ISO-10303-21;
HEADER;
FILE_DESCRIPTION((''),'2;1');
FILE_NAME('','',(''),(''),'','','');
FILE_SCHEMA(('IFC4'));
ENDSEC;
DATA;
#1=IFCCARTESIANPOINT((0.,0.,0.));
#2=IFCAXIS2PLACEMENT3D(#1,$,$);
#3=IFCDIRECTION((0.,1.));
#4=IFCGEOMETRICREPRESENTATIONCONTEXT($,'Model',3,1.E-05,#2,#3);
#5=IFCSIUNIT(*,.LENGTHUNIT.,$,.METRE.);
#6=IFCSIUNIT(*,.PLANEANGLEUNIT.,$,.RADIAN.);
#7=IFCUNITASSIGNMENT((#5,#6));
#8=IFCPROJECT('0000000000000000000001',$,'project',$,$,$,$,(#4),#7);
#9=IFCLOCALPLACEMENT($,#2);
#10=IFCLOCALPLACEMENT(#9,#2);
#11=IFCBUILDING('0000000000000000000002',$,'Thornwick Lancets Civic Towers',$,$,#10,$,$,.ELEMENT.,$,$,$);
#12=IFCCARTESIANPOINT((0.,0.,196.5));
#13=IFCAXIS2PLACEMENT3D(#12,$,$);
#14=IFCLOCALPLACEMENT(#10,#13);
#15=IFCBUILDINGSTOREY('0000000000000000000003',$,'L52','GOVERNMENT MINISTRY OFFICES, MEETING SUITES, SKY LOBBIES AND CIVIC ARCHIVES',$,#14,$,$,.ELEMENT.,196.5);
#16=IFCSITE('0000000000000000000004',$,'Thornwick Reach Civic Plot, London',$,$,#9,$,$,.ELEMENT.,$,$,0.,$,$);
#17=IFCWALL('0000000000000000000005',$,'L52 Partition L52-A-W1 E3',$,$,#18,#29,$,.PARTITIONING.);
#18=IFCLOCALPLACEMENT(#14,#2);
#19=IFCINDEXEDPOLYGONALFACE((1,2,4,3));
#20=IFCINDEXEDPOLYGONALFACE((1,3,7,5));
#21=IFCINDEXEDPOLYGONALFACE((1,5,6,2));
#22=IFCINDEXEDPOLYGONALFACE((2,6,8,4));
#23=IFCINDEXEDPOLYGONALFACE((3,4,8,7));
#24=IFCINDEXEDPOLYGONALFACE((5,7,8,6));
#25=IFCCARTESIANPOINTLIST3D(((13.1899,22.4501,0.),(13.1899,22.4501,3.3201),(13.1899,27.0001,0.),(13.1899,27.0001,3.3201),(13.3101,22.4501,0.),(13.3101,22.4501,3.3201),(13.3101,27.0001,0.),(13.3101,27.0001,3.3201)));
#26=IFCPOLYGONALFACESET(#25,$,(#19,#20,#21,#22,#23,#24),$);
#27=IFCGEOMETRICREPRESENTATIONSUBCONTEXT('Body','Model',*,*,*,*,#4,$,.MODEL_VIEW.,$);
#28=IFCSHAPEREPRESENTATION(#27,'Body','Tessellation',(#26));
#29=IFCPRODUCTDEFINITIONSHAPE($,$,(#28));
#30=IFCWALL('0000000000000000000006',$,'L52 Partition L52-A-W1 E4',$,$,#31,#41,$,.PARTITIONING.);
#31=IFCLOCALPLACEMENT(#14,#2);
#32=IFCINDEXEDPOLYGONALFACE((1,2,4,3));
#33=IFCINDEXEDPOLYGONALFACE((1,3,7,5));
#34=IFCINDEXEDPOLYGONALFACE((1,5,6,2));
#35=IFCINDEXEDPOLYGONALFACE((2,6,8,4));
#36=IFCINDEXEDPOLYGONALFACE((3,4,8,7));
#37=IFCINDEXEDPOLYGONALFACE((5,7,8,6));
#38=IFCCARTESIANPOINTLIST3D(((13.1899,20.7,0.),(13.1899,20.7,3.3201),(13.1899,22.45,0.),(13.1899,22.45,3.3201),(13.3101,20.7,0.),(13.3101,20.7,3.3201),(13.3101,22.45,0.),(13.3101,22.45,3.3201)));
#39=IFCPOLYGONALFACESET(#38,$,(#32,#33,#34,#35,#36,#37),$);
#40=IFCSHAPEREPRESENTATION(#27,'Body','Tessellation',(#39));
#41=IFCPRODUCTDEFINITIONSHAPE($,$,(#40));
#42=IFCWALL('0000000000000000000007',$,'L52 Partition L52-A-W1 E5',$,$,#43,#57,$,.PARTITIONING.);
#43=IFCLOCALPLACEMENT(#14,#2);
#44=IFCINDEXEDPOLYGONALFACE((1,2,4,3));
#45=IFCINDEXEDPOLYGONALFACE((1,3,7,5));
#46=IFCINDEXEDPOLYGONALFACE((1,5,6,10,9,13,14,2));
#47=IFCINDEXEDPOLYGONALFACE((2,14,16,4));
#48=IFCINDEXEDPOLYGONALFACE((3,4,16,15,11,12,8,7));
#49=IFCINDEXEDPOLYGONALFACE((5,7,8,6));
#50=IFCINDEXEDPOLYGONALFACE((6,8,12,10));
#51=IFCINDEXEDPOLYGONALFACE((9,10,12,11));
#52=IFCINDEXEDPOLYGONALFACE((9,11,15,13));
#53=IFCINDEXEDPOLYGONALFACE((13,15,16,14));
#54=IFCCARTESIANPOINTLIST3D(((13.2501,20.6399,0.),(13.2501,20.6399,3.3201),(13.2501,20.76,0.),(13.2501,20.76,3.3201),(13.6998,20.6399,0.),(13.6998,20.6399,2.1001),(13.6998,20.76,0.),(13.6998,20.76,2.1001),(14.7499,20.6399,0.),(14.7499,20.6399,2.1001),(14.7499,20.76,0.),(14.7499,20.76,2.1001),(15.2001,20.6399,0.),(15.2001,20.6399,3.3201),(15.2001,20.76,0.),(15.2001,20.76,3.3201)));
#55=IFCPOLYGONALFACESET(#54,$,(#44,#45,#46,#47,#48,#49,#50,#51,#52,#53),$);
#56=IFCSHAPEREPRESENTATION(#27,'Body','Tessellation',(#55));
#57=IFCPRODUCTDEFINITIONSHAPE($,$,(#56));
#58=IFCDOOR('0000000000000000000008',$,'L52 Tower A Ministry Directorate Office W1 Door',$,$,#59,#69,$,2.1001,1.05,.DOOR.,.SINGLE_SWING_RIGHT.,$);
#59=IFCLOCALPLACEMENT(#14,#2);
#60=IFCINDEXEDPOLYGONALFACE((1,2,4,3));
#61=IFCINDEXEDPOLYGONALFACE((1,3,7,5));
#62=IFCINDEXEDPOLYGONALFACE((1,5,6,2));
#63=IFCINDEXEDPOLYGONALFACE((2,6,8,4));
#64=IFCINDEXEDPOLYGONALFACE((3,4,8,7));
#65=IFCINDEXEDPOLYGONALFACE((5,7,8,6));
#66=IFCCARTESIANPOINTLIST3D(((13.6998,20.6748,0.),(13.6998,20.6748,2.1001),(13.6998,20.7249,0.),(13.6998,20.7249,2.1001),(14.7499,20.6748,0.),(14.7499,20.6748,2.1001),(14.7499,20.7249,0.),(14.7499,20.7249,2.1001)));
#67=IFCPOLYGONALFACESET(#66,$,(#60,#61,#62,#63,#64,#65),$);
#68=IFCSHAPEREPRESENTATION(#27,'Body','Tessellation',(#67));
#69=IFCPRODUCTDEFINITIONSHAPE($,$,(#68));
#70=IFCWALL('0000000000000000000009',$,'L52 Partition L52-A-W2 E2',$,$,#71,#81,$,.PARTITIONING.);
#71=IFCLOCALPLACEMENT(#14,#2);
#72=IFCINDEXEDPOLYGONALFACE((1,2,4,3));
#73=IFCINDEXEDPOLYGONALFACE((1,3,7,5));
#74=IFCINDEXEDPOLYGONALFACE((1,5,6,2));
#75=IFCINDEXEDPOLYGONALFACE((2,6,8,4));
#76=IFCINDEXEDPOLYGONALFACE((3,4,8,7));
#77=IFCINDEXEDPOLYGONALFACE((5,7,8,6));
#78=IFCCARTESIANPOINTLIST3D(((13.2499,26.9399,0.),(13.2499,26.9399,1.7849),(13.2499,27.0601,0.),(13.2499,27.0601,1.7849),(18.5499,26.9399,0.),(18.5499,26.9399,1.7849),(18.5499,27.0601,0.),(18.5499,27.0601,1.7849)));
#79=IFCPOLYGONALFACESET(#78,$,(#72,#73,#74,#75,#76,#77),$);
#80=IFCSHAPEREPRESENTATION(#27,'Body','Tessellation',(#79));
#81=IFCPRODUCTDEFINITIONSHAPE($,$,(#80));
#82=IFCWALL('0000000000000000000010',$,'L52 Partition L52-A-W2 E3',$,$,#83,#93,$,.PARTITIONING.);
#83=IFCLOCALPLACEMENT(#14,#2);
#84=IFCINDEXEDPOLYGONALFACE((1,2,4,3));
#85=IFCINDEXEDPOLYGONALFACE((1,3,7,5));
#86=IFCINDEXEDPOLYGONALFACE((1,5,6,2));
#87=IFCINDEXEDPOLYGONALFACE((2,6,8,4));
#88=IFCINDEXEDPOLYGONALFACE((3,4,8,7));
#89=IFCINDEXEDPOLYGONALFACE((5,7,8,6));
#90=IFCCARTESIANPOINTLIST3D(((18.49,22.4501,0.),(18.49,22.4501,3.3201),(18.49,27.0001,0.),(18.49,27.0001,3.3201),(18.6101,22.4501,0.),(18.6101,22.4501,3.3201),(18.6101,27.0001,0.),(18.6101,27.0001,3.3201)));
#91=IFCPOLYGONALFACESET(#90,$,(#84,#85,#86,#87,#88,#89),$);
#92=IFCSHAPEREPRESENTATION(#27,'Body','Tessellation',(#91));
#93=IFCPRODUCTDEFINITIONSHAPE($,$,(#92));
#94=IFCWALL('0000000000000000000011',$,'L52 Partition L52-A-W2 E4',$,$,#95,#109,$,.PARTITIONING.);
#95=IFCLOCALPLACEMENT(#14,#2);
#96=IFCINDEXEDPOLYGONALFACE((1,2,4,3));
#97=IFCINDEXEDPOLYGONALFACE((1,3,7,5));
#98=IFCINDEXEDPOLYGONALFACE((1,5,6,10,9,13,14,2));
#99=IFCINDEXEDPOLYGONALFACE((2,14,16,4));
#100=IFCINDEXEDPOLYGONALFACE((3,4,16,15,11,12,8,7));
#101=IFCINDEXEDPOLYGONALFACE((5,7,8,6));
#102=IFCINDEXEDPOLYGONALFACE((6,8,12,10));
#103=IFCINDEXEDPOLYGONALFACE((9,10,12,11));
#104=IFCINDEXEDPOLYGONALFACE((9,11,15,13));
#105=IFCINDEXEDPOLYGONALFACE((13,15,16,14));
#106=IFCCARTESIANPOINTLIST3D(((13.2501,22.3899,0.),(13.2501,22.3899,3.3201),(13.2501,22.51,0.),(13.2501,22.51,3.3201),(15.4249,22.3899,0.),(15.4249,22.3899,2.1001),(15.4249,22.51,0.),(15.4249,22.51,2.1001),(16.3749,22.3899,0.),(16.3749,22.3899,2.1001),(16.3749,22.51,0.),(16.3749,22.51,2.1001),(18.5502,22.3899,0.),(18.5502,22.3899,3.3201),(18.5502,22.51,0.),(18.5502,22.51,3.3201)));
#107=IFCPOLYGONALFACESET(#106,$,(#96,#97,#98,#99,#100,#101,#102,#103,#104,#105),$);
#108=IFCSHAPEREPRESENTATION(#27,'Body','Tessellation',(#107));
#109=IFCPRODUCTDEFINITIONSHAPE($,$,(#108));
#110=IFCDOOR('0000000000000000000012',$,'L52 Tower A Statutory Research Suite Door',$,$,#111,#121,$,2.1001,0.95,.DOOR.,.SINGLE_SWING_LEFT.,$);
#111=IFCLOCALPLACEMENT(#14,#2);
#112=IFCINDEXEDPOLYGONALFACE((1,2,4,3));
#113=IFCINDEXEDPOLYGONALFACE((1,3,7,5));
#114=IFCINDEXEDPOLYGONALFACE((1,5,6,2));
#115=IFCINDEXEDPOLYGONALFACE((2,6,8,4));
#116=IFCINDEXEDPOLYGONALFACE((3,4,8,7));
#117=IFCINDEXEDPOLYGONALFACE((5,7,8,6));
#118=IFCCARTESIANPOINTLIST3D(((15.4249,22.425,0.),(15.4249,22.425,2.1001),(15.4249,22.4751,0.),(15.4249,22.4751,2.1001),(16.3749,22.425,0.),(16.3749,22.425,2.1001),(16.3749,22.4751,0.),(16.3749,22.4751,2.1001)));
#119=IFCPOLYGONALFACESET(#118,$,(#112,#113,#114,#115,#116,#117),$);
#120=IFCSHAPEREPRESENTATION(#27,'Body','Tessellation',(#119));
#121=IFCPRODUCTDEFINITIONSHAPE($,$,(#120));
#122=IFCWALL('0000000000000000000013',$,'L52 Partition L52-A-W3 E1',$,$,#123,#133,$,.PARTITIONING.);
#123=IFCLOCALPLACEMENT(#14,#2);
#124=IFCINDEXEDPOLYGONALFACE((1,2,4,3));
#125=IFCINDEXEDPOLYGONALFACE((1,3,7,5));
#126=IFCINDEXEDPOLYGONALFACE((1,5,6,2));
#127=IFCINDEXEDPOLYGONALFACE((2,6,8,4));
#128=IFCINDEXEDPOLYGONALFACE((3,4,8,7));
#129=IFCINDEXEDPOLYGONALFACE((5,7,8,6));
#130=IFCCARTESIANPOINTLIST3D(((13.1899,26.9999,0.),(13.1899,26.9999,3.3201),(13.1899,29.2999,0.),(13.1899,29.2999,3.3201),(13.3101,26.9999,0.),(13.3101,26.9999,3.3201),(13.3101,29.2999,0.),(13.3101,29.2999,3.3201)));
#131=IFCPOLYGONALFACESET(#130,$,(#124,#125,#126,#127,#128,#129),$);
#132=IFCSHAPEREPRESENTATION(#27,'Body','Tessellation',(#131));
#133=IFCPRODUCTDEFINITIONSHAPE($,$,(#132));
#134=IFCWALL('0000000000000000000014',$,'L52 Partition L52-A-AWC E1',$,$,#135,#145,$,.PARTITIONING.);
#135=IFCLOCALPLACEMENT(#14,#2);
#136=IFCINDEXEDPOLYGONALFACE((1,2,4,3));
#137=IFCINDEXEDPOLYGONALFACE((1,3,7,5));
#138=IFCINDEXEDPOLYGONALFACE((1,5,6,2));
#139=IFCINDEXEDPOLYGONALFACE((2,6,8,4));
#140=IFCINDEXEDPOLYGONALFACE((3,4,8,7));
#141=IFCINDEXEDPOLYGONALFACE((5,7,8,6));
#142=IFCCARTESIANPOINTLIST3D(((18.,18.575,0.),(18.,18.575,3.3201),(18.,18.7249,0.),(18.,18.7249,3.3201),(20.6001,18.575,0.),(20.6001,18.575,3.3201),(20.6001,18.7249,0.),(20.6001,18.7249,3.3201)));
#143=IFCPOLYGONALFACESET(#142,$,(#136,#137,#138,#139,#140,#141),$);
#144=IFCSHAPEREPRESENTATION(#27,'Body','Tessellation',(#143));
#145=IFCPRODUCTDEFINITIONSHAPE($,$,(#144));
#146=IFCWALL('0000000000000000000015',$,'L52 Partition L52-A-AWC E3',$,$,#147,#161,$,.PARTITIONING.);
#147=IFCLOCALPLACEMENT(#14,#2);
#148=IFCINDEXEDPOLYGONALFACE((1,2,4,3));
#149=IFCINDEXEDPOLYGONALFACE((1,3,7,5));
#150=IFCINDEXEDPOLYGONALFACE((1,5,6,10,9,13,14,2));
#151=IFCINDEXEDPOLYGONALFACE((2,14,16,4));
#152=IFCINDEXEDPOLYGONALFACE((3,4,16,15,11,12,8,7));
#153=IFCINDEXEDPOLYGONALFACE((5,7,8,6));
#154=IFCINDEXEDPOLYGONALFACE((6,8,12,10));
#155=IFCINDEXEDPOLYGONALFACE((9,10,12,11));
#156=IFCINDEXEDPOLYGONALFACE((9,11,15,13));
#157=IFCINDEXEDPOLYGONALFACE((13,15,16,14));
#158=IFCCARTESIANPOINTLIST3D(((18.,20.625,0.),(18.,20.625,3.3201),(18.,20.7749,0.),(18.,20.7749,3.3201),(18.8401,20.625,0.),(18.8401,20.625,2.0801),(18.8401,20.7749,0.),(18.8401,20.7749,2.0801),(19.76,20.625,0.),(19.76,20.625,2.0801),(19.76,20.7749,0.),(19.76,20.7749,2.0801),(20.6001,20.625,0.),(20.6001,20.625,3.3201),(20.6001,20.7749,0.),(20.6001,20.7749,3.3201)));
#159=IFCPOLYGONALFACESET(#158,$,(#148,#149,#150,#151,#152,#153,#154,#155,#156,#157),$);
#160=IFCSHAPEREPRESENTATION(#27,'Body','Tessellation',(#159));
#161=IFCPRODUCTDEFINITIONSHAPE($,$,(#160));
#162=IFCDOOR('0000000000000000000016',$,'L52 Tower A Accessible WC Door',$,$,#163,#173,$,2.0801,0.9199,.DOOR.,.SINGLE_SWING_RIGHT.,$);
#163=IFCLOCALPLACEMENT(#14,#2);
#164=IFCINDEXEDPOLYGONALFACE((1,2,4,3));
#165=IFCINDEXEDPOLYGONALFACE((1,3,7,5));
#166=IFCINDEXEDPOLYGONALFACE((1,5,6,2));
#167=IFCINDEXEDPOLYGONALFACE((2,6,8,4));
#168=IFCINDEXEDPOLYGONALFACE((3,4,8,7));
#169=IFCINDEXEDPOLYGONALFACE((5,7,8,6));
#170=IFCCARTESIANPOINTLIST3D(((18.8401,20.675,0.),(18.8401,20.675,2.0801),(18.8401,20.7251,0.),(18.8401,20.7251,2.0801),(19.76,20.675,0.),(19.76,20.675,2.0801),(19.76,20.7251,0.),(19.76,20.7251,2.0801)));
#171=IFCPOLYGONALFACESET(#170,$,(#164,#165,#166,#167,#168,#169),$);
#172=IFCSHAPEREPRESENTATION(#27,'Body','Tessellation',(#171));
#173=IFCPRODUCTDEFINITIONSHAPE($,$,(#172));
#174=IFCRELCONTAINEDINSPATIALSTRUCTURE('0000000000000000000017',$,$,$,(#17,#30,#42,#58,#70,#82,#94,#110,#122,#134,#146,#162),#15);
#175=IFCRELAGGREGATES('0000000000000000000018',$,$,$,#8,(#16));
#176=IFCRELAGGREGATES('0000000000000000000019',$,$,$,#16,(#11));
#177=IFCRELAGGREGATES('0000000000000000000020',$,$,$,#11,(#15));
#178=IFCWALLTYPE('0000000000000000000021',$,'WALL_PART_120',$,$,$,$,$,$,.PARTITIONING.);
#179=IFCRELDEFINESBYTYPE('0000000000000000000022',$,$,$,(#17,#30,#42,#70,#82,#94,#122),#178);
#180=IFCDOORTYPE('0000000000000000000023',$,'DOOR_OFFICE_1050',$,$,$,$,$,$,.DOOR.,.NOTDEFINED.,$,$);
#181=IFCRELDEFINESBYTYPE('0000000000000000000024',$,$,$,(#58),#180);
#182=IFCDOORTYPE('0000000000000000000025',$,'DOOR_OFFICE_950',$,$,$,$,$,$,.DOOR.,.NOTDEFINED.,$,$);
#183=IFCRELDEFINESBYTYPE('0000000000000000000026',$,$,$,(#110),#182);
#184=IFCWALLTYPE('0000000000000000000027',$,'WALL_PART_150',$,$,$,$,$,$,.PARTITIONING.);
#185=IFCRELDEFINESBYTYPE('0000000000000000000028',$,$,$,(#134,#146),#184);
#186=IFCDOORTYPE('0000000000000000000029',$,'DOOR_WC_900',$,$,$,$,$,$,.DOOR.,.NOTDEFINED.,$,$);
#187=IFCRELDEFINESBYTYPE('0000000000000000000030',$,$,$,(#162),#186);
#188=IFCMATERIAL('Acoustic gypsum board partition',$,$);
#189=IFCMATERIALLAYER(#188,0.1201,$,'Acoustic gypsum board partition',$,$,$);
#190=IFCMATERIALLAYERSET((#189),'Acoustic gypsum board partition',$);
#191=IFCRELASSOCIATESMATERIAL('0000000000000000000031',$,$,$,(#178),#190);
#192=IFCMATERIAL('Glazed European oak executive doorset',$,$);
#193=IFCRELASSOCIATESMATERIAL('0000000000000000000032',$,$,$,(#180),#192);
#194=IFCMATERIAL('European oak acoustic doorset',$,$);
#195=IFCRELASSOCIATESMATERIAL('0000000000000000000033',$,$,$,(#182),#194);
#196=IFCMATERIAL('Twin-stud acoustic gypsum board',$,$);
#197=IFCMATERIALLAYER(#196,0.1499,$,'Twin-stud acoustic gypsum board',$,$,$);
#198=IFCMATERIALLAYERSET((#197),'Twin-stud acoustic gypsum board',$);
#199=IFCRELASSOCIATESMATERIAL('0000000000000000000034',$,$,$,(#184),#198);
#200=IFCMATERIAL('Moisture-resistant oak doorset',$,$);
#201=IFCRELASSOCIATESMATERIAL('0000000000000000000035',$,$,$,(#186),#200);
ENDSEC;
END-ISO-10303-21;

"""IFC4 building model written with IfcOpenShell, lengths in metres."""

from ifc_helpers import new_model, si_unit, direction, frame, frame_2d, origin, place, context, subcontext, project, spatial, rectangle, extrude, material, layer, layer_set, type_object, element, fill, save


model = new_model("IFC4")

# Units and contexts
model_context = context("Model", 3, precision=1e-05, world=origin(), true_north=direction((0.0, 1.0)))
body_context = subcontext(model_context, "Body", "Model", "MODEL_VIEW")
ifc_project = project(units=[si_unit("LENGTHUNIT", "METRE"), si_unit("PLANEANGLEUNIT", "RADIAN")], contexts=[model_context])

# Site, building, storey
site_placement = place(None, origin())
site = spatial("IfcSite", under=ifc_project, at=site_placement, Name="Thornwick Reach Civic Plot, London", CompositionType="ELEMENT", RefElevation=0.0)
building_placement = place(site_placement, origin())
building = spatial("IfcBuilding", under=site, at=building_placement, Name="Thornwick Lancets Civic Towers", CompositionType="ELEMENT")
storey_placement = place(building_placement, frame((0.0, 0.0, 196.5)))
storey = spatial("IfcBuildingStorey", under=building, at=storey_placement, Name="L52", Description="GOVERNMENT MINISTRY OFFICES, MEETING SUITES, SKY LOBBIES AND CIVIC ARCHIVES", CompositionType="ELEMENT", Elevation=196.5)

# Walls
ifc_material_1 = material(Name="Acoustic gypsum board partition")
ifc_layer_1 = layer(ifc_material_1, 0.1201, Name="Acoustic gypsum board partition")
ifc_layer_set_1 = layer_set([ifc_layer_1], Name="Acoustic gypsum board partition")
wall_type_1 = type_object("IfcWallType", Name="WALL_PART_120", PredefinedType="PARTITIONING", material=ifc_layer_set_1)
wall_1_placement = place(storey_placement, frame((13.25, 27.0, 0.0), z_axis=(0.0, 0.0, 1.0), x_axis=(0.0, -1.0, 0.0)))
element("IfcWall", 1, at=wall_1_placement, inside=storey, type_object=wall_type_1, Name="L52 Partition L52-A-W1 E3", PredefinedType="PARTITIONING", context=body_context, shape_type="SweptSolid", body=[
    extrude(rectangle(XDim=4.55, YDim=0.1201, at=frame_2d((2.2749, 0.0))), origin(), (0.0, 0.0, 1.0), 3.3201),
])
wall_2_placement = place(storey_placement, frame((13.25, 22.45, 0.0), z_axis=(0.0, 0.0, 1.0), x_axis=(0.0, -1.0, 0.0)))
element("IfcWall", 2, at=wall_2_placement, inside=storey, type_object=wall_type_1, Name="L52 Partition L52-A-W1 E4", PredefinedType="PARTITIONING", context=body_context, shape_type="SweptSolid", body=[
    extrude(rectangle(XDim=1.75, YDim=0.1201, at=frame_2d((0.875, 0.0))), origin(), (0.0, 0.0, 1.0), 3.3201),
])

# Wall, opening, door
wall_3_placement = place(storey_placement, frame((13.25, 20.7, 0.0), z_axis=(0.0, 0.0, 1.0), x_axis=(1.0, 0.0, 0.0)))
wall_3 = element("IfcWall", 3, at=wall_3_placement, inside=storey, type_object=wall_type_1, Name="L52 Partition L52-A-W1 E5", PredefinedType="PARTITIONING", context=body_context, shape_type="SweptSolid", body=[
    extrude(rectangle(XDim=1.95, YDim=0.1201, at=frame_2d((0.9751, 0.0))), origin(), (0.0, 0.0, 1.0), 3.3201),
])
opening_1_placement = place(wall_3_placement, frame((0.45, 0.0, 0.0)))
opening_1 = element("IfcOpeningElement", 4, at=opening_1_placement, cuts=wall_3, PredefinedType="OPENING", context=body_context, shape_type="SweptSolid", body=[
    extrude(rectangle(XDim=1.05, YDim=2.1001, at=frame_2d((0.5249, 1.05))), frame((0.0, 0.0701, 0.0), z_axis=(0.0, -1.0, 0.0), x_axis=(1.0, 0.0, 0.0)), (0.0, 0.0, 1.0), 0.1401),
])
ifc_material_2 = material(Name="Glazed European oak executive doorset")
door_type_1 = type_object("IfcDoorType", Name="DOOR_OFFICE_1050", OperationType="NOTDEFINED", PredefinedType="DOOR", material=ifc_material_2)
door_1_placement = place(opening_1_placement, origin())
door_1 = element("IfcDoor", 5, at=door_1_placement, inside=storey, type_object=door_type_1, Name="L52 Tower A Ministry Directorate Office W1 Door", OperationType="SINGLE_SWING_RIGHT", OverallHeight=2.1001, OverallWidth=1.05, PredefinedType="DOOR", context=body_context, shape_type="SweptSolid", body=[
    extrude(rectangle(XDim=1.05, YDim=2.1001, at=frame_2d((0.5249, 1.05))), frame((0.0, 0.0249, 0.0), z_axis=(0.0, -1.0, 0.0), x_axis=(1.0, 0.0, 0.0)), (0.0, 0.0, 1.0), 0.05),
])
fill(opening_1, door_1)

# Walls
wall_4_placement = place(storey_placement, frame((13.25, 27.0, 0.0), z_axis=(0.0, 0.0, 1.0), x_axis=(1.0, 0.0, 0.0)))
element("IfcWall", 6, at=wall_4_placement, inside=storey, type_object=wall_type_1, Name="L52 Partition L52-A-W2 E2", PredefinedType="PARTITIONING", context=body_context, shape_type="SweptSolid", body=[
    extrude(rectangle(XDim=5.3, YDim=0.1201, at=frame_2d((2.6499, 0.0))), origin(), (0.0, 0.0, 1.0), 1.7849),
])
wall_5_placement = place(storey_placement, frame((18.55, 27.0, 0.0), z_axis=(0.0, 0.0, 1.0), x_axis=(0.0, -1.0, 0.0)))
element("IfcWall", 7, at=wall_5_placement, inside=storey, type_object=wall_type_1, Name="L52 Partition L52-A-W2 E3", PredefinedType="PARTITIONING", context=body_context, shape_type="SweptSolid", body=[
    extrude(rectangle(XDim=4.55, YDim=0.1201, at=frame_2d((2.2749, 0.0))), origin(), (0.0, 0.0, 1.0), 3.3201),
])

# Wall, opening, door
wall_6_placement = place(storey_placement, frame((18.55, 22.45, 0.0), z_axis=(0.0, 0.0, 1.0), x_axis=(-1.0, 0.0, 0.0)))
wall_6 = element("IfcWall", 8, at=wall_6_placement, inside=storey, type_object=wall_type_1, Name="L52 Partition L52-A-W2 E4", PredefinedType="PARTITIONING", context=body_context, shape_type="SweptSolid", body=[
    extrude(rectangle(XDim=5.3, YDim=0.1201, at=frame_2d((2.6499, 0.0))), origin(), (0.0, 0.0, 1.0), 3.3201),
])
opening_2_placement = place(wall_6_placement, frame((2.175, 0.0, 0.0)))
opening_2 = element("IfcOpeningElement", 9, at=opening_2_placement, cuts=wall_6, PredefinedType="OPENING", context=body_context, shape_type="SweptSolid", body=[
    extrude(rectangle(XDim=0.95, YDim=2.1001, at=frame_2d((0.4751, 1.05))), frame((0.0, 0.0701, 0.0), z_axis=(0.0, -1.0, 0.0), x_axis=(1.0, 0.0, 0.0)), (0.0, 0.0, 1.0), 0.1401),
])
ifc_material_3 = material(Name="European oak acoustic doorset")
door_type_2 = type_object("IfcDoorType", Name="DOOR_OFFICE_950", OperationType="NOTDEFINED", PredefinedType="DOOR", material=ifc_material_3)
door_2_placement = place(opening_2_placement, origin())
door_2 = element("IfcDoor", 10, at=door_2_placement, inside=storey, type_object=door_type_2, Name="L52 Tower A Statutory Research Suite Door", OperationType="SINGLE_SWING_LEFT", OverallHeight=2.1001, OverallWidth=0.95, PredefinedType="DOOR", context=body_context, shape_type="SweptSolid", body=[
    extrude(rectangle(XDim=0.95, YDim=2.1001, at=frame_2d((0.4751, 1.05))), frame((0.0, 0.0249, 0.0), z_axis=(0.0, -1.0, 0.0), x_axis=(1.0, 0.0, 0.0)), (0.0, 0.0, 1.0), 0.05),
])
fill(opening_2, door_2)

# Walls
wall_7_placement = place(storey_placement, frame((13.25, 27.0, 0.0), z_axis=(0.0, 0.0, 1.0), x_axis=(0.0, 1.0, 0.0)))
element("IfcWall", 11, at=wall_7_placement, inside=storey, type_object=wall_type_1, Name="L52 Partition L52-A-W3 E1", PredefinedType="PARTITIONING", context=body_context, shape_type="SweptSolid", body=[
    extrude(rectangle(XDim=2.3, YDim=0.1201, at=frame_2d((1.1499, 0.0))), origin(), (0.0, 0.0, 1.0), 3.3201),
])
ifc_material_4 = material(Name="Twin-stud acoustic gypsum board")
ifc_layer_2 = layer(ifc_material_4, 0.1499, Name="Twin-stud acoustic gypsum board")
ifc_layer_set_2 = layer_set([ifc_layer_2], Name="Twin-stud acoustic gypsum board")
wall_type_2 = type_object("IfcWallType", Name="WALL_PART_150", PredefinedType="PARTITIONING", material=ifc_layer_set_2)
wall_8_placement = place(storey_placement, frame((18.0, 18.6499, 0.0), z_axis=(0.0, 0.0, 1.0), x_axis=(1.0, 0.0, 0.0)))
element("IfcWall", 12, at=wall_8_placement, inside=storey, type_object=wall_type_2, Name="L52 Partition L52-A-AWC E1", PredefinedType="PARTITIONING", context=body_context, shape_type="SweptSolid", body=[
    extrude(rectangle(XDim=2.6001, YDim=0.1499, at=frame_2d((1.3, 0.0))), origin(), (0.0, 0.0, 1.0), 3.3201),
])

# Wall, opening, door
wall_9_placement = place(storey_placement, frame((20.6001, 20.7, 0.0), z_axis=(0.0, 0.0, 1.0), x_axis=(-1.0, 0.0, 0.0)))
wall_9 = element("IfcWall", 13, at=wall_9_placement, inside=storey, type_object=wall_type_2, Name="L52 Partition L52-A-AWC E3", PredefinedType="PARTITIONING", context=body_context, shape_type="SweptSolid", body=[
    extrude(rectangle(XDim=2.6001, YDim=0.1499, at=frame_2d((1.3, 0.0))), origin(), (0.0, 0.0, 1.0), 3.3201),
])
opening_3_placement = place(wall_9_placement, frame((0.8401, 0.0, 0.0)))
opening_3 = element("IfcOpeningElement", 14, at=opening_3_placement, cuts=wall_9, PredefinedType="OPENING", context=body_context, shape_type="SweptSolid", body=[
    extrude(rectangle(XDim=0.9199, YDim=2.0801, at=frame_2d((0.46, 1.04))), frame((0.0, 0.085, 0.0), z_axis=(0.0, -1.0, 0.0), x_axis=(1.0, 0.0, 0.0)), (0.0, 0.0, 1.0), 0.1699),
])
ifc_material_5 = material(Name="Moisture-resistant oak doorset")
door_type_3 = type_object("IfcDoorType", Name="DOOR_WC_900", OperationType="NOTDEFINED", PredefinedType="DOOR", material=ifc_material_5)
door_3_placement = place(opening_3_placement, origin())
door_3 = element("IfcDoor", 15, at=door_3_placement, inside=storey, type_object=door_type_3, Name="L52 Tower A Accessible WC Door", OperationType="SINGLE_SWING_RIGHT", OverallHeight=2.0801, OverallWidth=0.9199, PredefinedType="DOOR", context=body_context, shape_type="SweptSolid", body=[
    extrude(rectangle(XDim=0.9199, YDim=2.0801, at=frame_2d((0.46, 1.04))), frame((0.0, 0.0249, 0.0), z_axis=(0.0, -1.0, 0.0), x_axis=(1.0, 0.0, 0.0)), (0.0, 0.0, 1.0), 0.05),
])
fill(opening_3, door_3)

save(model, "model.ifc")
